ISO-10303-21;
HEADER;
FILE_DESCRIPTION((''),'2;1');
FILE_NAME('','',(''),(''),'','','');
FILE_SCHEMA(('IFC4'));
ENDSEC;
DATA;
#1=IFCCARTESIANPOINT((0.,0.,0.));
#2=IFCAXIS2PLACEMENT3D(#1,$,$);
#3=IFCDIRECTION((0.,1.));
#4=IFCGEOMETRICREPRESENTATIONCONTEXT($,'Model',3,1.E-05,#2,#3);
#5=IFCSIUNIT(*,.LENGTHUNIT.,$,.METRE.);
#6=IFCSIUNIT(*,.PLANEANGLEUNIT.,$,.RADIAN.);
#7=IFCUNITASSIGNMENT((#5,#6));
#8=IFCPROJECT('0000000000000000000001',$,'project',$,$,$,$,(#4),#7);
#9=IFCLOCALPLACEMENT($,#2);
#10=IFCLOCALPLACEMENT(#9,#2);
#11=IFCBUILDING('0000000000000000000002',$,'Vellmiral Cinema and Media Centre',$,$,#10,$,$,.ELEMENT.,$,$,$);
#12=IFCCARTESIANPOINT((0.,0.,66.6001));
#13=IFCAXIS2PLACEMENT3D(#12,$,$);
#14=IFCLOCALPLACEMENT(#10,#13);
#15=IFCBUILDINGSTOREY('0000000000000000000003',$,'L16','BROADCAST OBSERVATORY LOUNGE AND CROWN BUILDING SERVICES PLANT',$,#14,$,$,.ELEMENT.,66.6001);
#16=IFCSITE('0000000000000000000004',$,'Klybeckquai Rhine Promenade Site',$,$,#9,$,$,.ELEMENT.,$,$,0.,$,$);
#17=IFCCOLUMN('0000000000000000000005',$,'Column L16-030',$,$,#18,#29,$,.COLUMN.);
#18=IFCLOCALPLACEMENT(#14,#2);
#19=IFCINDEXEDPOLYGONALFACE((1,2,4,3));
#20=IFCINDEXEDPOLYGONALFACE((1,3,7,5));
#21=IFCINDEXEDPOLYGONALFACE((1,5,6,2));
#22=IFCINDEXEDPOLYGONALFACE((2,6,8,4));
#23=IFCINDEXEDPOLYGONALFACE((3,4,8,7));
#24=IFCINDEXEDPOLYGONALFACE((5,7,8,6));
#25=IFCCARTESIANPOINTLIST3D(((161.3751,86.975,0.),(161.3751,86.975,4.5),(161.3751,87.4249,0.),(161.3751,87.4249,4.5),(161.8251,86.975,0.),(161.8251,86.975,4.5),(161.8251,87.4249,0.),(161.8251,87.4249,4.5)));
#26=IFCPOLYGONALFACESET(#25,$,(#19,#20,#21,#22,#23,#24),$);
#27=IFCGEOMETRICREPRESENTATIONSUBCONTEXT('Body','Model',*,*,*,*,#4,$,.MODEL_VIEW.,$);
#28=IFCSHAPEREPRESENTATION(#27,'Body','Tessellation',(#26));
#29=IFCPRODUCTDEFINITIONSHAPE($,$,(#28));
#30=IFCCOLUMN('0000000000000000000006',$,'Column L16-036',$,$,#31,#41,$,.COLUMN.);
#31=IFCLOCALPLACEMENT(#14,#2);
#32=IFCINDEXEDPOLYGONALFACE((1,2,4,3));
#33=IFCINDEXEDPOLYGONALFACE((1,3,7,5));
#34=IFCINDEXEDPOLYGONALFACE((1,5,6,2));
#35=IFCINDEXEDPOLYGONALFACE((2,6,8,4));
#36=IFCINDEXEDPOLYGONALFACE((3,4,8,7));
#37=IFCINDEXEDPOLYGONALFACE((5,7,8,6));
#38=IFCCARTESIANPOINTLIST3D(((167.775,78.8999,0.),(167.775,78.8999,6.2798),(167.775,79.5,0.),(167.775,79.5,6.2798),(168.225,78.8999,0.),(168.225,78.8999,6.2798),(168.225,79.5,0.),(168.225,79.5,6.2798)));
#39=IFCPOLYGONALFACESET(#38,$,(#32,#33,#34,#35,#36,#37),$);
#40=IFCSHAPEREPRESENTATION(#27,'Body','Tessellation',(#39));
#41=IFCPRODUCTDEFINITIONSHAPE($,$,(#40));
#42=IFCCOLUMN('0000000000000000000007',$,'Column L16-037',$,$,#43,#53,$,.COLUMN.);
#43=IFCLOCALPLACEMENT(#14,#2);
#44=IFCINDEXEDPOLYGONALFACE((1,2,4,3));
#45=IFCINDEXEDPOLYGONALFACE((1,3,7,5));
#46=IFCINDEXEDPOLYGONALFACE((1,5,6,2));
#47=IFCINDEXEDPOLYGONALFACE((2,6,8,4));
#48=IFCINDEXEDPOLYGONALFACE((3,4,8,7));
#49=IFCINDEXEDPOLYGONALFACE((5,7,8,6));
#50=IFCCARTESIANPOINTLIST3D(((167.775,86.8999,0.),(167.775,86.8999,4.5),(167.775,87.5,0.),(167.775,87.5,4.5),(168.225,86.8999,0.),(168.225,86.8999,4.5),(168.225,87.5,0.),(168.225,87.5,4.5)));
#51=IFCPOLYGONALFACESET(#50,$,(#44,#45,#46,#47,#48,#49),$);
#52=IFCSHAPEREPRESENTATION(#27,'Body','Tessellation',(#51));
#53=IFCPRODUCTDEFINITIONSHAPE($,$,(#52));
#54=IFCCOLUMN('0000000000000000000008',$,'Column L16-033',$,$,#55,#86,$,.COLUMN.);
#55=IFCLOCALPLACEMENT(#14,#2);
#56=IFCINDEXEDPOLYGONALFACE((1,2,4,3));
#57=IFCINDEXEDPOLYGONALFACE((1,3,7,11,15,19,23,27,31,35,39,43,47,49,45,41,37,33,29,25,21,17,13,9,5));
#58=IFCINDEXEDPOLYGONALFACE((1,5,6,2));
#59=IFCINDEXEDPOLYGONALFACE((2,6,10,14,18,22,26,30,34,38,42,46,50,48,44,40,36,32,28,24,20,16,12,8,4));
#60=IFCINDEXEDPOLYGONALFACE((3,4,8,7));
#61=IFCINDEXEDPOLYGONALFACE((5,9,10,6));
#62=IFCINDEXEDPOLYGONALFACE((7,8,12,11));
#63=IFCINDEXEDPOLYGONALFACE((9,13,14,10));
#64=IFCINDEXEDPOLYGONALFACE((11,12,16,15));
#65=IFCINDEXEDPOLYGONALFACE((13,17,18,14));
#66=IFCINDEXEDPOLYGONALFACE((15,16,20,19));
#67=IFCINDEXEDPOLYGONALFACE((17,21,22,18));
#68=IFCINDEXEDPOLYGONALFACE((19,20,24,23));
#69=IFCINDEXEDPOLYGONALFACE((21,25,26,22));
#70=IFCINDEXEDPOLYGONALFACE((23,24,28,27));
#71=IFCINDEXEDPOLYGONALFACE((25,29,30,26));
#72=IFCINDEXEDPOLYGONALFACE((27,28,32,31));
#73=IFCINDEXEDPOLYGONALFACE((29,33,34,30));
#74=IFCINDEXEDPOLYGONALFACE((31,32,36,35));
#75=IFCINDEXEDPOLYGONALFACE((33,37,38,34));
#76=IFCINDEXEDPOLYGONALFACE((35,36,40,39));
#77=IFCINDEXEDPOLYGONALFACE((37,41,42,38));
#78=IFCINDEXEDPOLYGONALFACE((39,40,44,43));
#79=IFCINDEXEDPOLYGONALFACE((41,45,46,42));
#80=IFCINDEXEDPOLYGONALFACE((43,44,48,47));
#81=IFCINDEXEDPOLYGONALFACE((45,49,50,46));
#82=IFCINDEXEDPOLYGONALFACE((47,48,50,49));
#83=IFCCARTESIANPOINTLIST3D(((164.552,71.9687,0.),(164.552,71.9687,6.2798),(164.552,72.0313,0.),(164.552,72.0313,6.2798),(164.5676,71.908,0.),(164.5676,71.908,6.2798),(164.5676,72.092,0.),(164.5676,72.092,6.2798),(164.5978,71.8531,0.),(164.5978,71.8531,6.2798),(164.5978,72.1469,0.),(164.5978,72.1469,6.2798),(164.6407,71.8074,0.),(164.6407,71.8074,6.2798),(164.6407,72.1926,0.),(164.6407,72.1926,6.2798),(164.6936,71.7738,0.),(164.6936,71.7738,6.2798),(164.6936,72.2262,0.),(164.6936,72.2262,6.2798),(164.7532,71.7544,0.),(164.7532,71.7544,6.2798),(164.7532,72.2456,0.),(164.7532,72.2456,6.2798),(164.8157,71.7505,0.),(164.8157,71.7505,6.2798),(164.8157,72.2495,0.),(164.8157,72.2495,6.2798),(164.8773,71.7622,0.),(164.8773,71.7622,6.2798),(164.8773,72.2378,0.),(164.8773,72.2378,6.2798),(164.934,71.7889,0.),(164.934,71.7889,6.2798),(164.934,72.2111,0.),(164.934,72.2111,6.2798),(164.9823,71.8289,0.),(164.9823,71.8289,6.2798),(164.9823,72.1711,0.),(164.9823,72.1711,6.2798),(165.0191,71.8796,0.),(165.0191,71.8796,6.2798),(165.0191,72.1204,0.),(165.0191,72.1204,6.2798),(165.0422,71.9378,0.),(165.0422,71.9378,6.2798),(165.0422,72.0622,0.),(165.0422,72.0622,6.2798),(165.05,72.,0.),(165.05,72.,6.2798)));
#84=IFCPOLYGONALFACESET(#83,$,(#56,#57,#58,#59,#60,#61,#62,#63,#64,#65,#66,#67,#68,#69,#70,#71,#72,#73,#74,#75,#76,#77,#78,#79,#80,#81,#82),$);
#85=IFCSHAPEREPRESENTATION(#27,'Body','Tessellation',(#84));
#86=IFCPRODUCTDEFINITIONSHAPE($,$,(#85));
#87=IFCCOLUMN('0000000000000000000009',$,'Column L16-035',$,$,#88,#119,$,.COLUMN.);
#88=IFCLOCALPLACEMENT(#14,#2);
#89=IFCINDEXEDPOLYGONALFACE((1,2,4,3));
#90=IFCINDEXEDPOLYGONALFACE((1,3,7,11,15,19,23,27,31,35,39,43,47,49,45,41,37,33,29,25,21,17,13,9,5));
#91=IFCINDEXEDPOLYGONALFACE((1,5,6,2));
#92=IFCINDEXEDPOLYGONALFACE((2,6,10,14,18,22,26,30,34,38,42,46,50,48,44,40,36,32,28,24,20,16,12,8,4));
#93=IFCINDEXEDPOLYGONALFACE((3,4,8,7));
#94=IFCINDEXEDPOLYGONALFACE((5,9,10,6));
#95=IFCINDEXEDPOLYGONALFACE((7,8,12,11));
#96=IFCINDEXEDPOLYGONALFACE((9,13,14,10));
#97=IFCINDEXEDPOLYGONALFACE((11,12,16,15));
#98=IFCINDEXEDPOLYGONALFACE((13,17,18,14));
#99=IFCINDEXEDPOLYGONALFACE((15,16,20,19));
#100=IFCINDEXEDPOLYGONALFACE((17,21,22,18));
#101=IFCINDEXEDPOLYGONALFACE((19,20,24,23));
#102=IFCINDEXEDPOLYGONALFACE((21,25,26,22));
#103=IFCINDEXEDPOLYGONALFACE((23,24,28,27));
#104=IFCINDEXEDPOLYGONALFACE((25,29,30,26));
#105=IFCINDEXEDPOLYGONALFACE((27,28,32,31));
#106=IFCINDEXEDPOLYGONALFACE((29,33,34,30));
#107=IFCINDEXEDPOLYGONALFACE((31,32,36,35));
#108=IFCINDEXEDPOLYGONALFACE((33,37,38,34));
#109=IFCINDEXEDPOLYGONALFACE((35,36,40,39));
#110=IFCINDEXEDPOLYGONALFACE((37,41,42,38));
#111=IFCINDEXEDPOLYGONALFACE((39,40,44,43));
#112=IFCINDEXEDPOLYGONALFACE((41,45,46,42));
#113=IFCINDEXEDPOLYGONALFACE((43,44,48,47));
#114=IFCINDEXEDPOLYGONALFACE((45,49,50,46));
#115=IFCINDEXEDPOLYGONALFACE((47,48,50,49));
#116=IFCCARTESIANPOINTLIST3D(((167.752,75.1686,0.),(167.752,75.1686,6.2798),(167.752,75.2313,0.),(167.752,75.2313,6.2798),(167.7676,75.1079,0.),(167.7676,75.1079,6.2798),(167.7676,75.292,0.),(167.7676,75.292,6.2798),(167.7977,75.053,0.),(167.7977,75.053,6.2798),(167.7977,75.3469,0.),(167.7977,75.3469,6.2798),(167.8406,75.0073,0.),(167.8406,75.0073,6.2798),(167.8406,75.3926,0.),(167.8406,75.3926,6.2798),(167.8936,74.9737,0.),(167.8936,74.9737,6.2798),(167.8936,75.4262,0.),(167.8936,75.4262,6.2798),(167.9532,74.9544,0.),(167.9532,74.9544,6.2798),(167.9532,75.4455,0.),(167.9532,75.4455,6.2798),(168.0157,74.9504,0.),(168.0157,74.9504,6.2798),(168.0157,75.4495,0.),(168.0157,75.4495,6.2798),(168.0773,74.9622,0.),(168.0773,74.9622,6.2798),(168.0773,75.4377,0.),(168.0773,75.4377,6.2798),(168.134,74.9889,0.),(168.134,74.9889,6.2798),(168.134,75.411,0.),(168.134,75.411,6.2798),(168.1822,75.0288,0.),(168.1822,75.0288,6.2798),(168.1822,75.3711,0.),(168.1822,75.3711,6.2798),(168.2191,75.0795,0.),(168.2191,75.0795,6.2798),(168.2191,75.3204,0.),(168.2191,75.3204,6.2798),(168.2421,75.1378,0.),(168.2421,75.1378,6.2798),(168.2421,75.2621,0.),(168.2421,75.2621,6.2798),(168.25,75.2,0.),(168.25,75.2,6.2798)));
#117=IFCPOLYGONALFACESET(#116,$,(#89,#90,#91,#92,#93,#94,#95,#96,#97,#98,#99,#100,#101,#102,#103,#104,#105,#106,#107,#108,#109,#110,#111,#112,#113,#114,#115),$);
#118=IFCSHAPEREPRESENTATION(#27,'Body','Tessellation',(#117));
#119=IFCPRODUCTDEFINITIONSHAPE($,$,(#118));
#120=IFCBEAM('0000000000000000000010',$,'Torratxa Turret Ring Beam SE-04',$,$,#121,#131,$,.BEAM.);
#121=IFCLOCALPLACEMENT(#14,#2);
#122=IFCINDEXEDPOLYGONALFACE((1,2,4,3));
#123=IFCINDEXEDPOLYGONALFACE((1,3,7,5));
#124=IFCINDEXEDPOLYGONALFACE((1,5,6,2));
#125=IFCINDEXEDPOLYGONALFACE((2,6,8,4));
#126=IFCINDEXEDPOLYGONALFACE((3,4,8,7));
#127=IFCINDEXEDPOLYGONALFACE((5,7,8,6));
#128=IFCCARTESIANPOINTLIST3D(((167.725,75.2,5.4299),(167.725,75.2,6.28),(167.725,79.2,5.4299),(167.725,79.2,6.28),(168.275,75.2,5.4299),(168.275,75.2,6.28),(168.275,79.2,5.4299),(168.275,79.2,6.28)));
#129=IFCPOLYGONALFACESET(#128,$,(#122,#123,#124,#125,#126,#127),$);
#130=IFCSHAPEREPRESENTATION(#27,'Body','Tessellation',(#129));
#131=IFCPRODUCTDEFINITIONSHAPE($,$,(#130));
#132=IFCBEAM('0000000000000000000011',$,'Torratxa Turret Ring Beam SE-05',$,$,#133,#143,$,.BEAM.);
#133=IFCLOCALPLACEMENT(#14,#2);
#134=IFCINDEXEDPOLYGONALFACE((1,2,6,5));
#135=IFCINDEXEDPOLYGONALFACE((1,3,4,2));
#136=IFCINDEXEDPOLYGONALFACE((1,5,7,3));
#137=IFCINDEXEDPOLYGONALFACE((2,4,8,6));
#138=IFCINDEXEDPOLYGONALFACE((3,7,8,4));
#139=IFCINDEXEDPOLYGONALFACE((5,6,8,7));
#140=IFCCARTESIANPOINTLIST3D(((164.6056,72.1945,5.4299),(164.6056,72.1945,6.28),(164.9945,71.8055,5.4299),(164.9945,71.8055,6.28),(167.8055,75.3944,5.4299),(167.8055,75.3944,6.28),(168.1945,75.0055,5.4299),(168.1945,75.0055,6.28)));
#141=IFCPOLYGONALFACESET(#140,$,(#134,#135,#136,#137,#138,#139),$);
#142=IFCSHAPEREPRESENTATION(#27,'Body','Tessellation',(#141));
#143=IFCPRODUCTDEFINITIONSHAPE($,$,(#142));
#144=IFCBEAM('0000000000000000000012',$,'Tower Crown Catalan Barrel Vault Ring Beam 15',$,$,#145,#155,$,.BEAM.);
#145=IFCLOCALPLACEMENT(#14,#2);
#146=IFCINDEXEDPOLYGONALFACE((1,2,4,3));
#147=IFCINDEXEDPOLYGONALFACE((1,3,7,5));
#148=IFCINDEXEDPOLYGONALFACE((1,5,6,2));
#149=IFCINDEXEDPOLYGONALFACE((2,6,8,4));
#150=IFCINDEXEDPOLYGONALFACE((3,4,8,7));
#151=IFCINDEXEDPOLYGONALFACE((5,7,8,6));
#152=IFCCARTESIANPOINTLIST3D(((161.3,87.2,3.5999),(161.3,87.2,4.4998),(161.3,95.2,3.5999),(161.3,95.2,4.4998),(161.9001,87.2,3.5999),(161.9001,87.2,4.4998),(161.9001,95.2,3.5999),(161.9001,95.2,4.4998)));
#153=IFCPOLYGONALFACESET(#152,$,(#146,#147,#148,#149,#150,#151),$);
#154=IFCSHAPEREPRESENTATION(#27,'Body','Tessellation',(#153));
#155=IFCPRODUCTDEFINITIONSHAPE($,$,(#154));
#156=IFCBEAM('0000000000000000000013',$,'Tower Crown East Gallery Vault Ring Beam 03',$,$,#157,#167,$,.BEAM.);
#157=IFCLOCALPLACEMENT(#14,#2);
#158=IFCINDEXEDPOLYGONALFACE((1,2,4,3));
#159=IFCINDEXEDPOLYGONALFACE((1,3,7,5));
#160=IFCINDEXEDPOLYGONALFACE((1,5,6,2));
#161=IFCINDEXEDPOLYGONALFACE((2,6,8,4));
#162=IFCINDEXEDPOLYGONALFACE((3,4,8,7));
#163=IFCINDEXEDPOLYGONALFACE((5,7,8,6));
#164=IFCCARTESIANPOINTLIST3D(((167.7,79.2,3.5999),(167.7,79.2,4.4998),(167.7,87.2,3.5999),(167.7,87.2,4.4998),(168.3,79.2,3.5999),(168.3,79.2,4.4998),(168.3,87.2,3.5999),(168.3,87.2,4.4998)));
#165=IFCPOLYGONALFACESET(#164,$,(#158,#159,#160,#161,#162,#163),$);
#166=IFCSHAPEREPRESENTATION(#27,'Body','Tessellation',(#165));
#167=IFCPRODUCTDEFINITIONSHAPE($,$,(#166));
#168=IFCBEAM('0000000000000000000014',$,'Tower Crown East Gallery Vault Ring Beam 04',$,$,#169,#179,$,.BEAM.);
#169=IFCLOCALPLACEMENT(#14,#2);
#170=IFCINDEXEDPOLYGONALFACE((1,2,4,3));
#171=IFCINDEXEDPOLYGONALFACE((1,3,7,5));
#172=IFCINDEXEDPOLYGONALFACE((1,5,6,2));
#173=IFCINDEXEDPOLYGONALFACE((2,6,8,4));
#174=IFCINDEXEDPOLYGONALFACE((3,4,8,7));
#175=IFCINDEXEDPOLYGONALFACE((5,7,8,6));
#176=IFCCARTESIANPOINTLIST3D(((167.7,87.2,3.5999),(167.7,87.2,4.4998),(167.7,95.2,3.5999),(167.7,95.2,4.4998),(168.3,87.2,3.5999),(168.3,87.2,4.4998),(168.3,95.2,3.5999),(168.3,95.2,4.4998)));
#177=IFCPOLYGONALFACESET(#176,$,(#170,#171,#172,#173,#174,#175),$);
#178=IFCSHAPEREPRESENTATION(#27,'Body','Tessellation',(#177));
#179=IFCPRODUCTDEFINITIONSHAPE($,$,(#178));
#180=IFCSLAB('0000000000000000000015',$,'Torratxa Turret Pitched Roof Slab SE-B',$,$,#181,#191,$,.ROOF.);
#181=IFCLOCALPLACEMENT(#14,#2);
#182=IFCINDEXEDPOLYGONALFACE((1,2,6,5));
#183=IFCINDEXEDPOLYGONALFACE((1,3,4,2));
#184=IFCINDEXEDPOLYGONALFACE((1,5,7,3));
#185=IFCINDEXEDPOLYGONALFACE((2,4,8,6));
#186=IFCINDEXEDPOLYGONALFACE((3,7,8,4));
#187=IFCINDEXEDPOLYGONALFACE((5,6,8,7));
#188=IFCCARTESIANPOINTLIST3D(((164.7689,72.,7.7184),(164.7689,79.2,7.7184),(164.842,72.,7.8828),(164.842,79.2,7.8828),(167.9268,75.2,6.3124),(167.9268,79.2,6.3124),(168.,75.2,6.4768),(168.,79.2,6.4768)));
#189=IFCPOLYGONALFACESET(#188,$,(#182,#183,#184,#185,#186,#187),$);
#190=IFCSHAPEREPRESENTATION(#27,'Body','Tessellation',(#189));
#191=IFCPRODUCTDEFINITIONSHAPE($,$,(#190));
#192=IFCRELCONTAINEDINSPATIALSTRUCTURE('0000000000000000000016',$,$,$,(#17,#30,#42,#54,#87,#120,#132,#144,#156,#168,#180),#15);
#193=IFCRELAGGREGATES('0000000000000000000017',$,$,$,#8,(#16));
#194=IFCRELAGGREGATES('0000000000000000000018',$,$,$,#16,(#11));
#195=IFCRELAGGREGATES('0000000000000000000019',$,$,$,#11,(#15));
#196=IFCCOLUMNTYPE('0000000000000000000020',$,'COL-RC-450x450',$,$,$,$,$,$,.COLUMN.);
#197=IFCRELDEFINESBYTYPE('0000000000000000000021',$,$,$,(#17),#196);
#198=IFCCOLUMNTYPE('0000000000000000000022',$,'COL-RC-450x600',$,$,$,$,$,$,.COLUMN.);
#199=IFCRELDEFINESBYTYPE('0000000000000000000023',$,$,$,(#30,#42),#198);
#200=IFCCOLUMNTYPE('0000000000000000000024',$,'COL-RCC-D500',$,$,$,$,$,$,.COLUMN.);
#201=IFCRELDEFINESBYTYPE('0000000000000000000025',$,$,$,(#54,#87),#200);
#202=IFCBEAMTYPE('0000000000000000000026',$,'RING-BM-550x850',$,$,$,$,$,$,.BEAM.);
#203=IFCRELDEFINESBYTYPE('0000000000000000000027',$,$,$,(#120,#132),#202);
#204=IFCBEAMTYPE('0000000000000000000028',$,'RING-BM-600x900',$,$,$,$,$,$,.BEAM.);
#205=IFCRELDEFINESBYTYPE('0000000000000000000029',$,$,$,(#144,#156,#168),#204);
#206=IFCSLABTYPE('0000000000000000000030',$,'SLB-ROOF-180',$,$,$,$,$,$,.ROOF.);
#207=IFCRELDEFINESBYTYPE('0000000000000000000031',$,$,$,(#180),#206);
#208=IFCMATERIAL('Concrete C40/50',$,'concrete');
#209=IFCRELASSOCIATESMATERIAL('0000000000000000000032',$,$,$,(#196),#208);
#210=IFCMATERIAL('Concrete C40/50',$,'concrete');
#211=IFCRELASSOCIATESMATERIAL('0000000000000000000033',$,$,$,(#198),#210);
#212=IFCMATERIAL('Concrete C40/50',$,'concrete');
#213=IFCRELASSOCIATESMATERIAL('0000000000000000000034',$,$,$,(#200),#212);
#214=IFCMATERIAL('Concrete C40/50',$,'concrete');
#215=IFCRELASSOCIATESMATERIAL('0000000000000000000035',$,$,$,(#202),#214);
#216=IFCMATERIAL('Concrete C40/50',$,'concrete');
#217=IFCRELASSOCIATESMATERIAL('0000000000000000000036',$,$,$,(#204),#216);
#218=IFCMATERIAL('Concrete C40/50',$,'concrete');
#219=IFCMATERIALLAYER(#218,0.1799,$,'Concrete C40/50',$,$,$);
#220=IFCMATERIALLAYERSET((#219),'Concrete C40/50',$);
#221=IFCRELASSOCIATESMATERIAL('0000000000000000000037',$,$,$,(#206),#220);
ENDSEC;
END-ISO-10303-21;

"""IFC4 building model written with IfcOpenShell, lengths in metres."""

from ifc_helpers import new_model, si_unit, direction, frame, origin, origin_2d, place, context, subcontext, project, spatial, polyline, rectangle, circle, outline, extrude, material, layer, layer_set, material_profile, profile_set, type_object, element, save


model = new_model("IFC4")

# Units and contexts
model_context = context("Model", 3, precision=1e-05, world=origin(), true_north=direction((0.0, 1.0)))
body_context = subcontext(model_context, "Body", "Model", "MODEL_VIEW")
ifc_project = project(units=[si_unit("LENGTHUNIT", "METRE"), si_unit("PLANEANGLEUNIT", "RADIAN")], contexts=[model_context])

# Site, building, storey
site_placement = place(None, origin())
site = spatial("IfcSite", under=ifc_project, at=site_placement, Name="Klybeckquai Rhine Promenade Site", CompositionType="ELEMENT", RefElevation=0.0)
building_placement = place(site_placement, origin())
building = spatial("IfcBuilding", under=site, at=building_placement, Name="Vellmiral Cinema and Media Centre", CompositionType="ELEMENT")
storey_placement = place(building_placement, frame((0.0, 0.0, 66.6001)))
storey = spatial("IfcBuildingStorey", under=building, at=storey_placement, Name="L16", Description="BROADCAST OBSERVATORY LOUNGE AND CROWN BUILDING SERVICES PLANT", CompositionType="ELEMENT", Elevation=66.6001)

# Columns
ifc_material_1 = material(Name="Concrete C40/50", Category="concrete")
ifc_material_profile_1 = material_profile(ifc_material_1, rectangle(XDim=0.45, YDim=0.45, at=origin_2d()), Name="RC 450x450")
ifc_profile_set_1 = profile_set([ifc_material_profile_1], Name="Concrete C40/50")
column_type_1 = type_object("IfcColumnType", Name="COL-RC-450x450", PredefinedType="COLUMN", material=ifc_profile_set_1)
column_1_placement = place(storey_placement, frame((161.6001, 87.2, 0.0), z_axis=(0.0, 0.0, 1.0), x_axis=(1.0, 0.0, 0.0)))
element("IfcColumn", 1, at=column_1_placement, inside=storey, type_object=column_type_1, Name="Column L16-030", PredefinedType="COLUMN", context=body_context, shape_type="SweptSolid", body=[
    extrude(rectangle(XDim=0.45, YDim=0.45, at=origin_2d()), origin(), (0.0, 0.0, 1.0), 4.5),
])
ifc_material_2 = material(Name="Concrete C40/50", Category="concrete")
ifc_material_profile_2 = material_profile(ifc_material_2, rectangle(XDim=0.45, YDim=0.6001, at=origin_2d()), Name="RC 450x600")
ifc_profile_set_2 = profile_set([ifc_material_profile_2], Name="Concrete C40/50")
column_type_2 = type_object("IfcColumnType", Name="COL-RC-450x600", PredefinedType="COLUMN", material=ifc_profile_set_2)
column_2_placement = place(storey_placement, frame((168.0, 79.2, 0.0), z_axis=(0.0, 0.0, 1.0), x_axis=(1.0, 0.0, 0.0)))
element("IfcColumn", 2, at=column_2_placement, inside=storey, type_object=column_type_2, Name="Column L16-036", PredefinedType="COLUMN", context=body_context, shape_type="SweptSolid", body=[
    extrude(rectangle(XDim=0.45, YDim=0.6001, at=origin_2d()), origin(), (0.0, 0.0, 1.0), 6.2798),
])
column_3_placement = place(storey_placement, frame((168.0, 87.2, 0.0), z_axis=(0.0, 0.0, 1.0), x_axis=(1.0, 0.0, 0.0)))
element("IfcColumn", 3, at=column_3_placement, inside=storey, type_object=column_type_2, Name="Column L16-037", PredefinedType="COLUMN", context=body_context, shape_type="SweptSolid", body=[
    extrude(rectangle(XDim=0.45, YDim=0.6001, at=origin_2d()), origin(), (0.0, 0.0, 1.0), 4.5),
])
ifc_material_3 = material(Name="Concrete C40/50", Category="concrete")
ifc_material_profile_3 = material_profile(ifc_material_3, circle(Radius=0.25, at=origin_2d()), Name="RC D500")
ifc_profile_set_3 = profile_set([ifc_material_profile_3], Name="Concrete C40/50")
column_type_3 = type_object("IfcColumnType", Name="COL-RCC-D500", PredefinedType="COLUMN", material=ifc_profile_set_3)
for number, where, z_axis, x_axis, name in (
    (4, (164.8, 72.0, 0.0), (0.0, 0.0, 1.0), (1.0, 0.0, 0.0), "Column L16-033"),
    (5, (168.0, 75.2, 0.0), (0.0, 0.0, 1.0), (1.0, 0.0, 0.0), "Column L16-035"),
):
    element("IfcColumn", number, at=place(storey_placement, frame(where, z_axis=z_axis, x_axis=x_axis)), inside=storey, type_object=column_type_3, Name=name, PredefinedType="COLUMN", context=body_context, shape_type="SweptSolid", body=[
        extrude(circle(Radius=0.25, at=origin_2d()), origin(), (0.0, 0.0, 1.0), 6.2798),
    ])

# Beams
ifc_material_4 = material(Name="Concrete C40/50", Category="concrete")
ifc_material_profile_4 = material_profile(ifc_material_4, rectangle(XDim=0.55, YDim=0.8501, at=origin_2d()), Name="RC 550x850")
ifc_profile_set_4 = profile_set([ifc_material_profile_4], Name="Concrete C40/50")
beam_type_1 = type_object("IfcBeamType", Name="RING-BM-550x850", PredefinedType="BEAM", material=ifc_profile_set_4)
beam_1_placement = place(storey_placement, frame((168.0, 75.2, 5.855), z_axis=(0.0, 1.0, 0.0), x_axis=(-1.0, 0.0, 0.0)))
element("IfcBeam", 6, at=beam_1_placement, inside=storey, type_object=beam_type_1, Name="Torratxa Turret Ring Beam SE-04", PredefinedType="BEAM", context=body_context, shape_type="SweptSolid", body=[
    extrude(rectangle(XDim=0.55, YDim=0.8501, at=origin_2d()), origin(), (0.0, 0.0, 1.0), 4.0),
])
beam_2_placement = place(storey_placement, frame((164.8, 72.0, 5.855), z_axis=(0.707107, 0.707107, 0.0), x_axis=(-0.707107, 0.707107, 0.0)))
element("IfcBeam", 7, at=beam_2_placement, inside=storey, type_object=beam_type_1, Name="Torratxa Turret Ring Beam SE-05", PredefinedType="BEAM", context=body_context, shape_type="SweptSolid", body=[
    extrude(rectangle(XDim=0.55, YDim=0.8501, at=origin_2d()), origin(), (0.0, 0.0, 1.0), 4.5254),
])
ifc_material_5 = material(Name="Concrete C40/50", Category="concrete")
ifc_material_profile_5 = material_profile(ifc_material_5, rectangle(XDim=0.6001, YDim=0.8999, at=origin_2d()), Name="RC 600x900")
ifc_profile_set_5 = profile_set([ifc_material_profile_5], Name="Concrete C40/50")
beam_type_2 = type_object("IfcBeamType", Name="RING-BM-600x900", PredefinedType="BEAM", material=ifc_profile_set_5)
for number, where, z_axis, x_axis, name in (
    (8, (161.6001, 87.2, 4.0498), (0.0, 1.0, 0.0), (-1.0, 0.0, 0.0), "Tower Crown Catalan Barrel Vault Ring Beam 15"),
    (9, (168.0, 79.2, 4.0498), (0.0, 1.0, 0.0), (-1.0, 0.0, 0.0), "Tower Crown East Gallery Vault Ring Beam 03"),
    (10, (168.0, 87.2, 4.0498), (0.0, 1.0, 0.0), (-1.0, 0.0, 0.0), "Tower Crown East Gallery Vault Ring Beam 04"),
):
    element("IfcBeam", number, at=place(storey_placement, frame(where, z_axis=z_axis, x_axis=x_axis)), inside=storey, type_object=beam_type_2, Name=name, PredefinedType="BEAM", context=body_context, shape_type="SweptSolid", body=[
        extrude(rectangle(XDim=0.6001, YDim=0.8999, at=origin_2d()), origin(), (0.0, 0.0, 1.0), 8.0),
    ])

# Slab
ifc_material_6 = material(Name="Concrete C40/50", Category="concrete")
ifc_layer_1 = layer(ifc_material_6, 0.1799, Name="Concrete C40/50")
ifc_layer_set_1 = layer_set([ifc_layer_1], Name="Concrete C40/50")
slab_type_1 = type_object("IfcSlabType", Name="SLB-ROOF-180", PredefinedType="ROOF", material=ifc_layer_set_1)
slab_1_placement = place(storey_placement, frame((164.842, 72.0, 7.8828), z_axis=(0.406735, 0.0, 0.913546), x_axis=(0.670402, 0.679316, -0.29848)))
element("IfcSlab", 11, at=slab_1_placement, inside=storey, type_object=slab_type_1, Name="Torratxa Turret Pitched Roof Slab SE-B", PredefinedType="ROOF", context=body_context, shape_type="SweptSolid", body=[
    extrude(outline(polyline([(0.0, 0.0), (4.7105, 0.0), (7.4278, 2.9354), (4.891, 5.2837), (0.0, 0.0)])), origin(), (0.0, 0.0, -1.0), 0.1799),
])

save(model, "model.ifc")
